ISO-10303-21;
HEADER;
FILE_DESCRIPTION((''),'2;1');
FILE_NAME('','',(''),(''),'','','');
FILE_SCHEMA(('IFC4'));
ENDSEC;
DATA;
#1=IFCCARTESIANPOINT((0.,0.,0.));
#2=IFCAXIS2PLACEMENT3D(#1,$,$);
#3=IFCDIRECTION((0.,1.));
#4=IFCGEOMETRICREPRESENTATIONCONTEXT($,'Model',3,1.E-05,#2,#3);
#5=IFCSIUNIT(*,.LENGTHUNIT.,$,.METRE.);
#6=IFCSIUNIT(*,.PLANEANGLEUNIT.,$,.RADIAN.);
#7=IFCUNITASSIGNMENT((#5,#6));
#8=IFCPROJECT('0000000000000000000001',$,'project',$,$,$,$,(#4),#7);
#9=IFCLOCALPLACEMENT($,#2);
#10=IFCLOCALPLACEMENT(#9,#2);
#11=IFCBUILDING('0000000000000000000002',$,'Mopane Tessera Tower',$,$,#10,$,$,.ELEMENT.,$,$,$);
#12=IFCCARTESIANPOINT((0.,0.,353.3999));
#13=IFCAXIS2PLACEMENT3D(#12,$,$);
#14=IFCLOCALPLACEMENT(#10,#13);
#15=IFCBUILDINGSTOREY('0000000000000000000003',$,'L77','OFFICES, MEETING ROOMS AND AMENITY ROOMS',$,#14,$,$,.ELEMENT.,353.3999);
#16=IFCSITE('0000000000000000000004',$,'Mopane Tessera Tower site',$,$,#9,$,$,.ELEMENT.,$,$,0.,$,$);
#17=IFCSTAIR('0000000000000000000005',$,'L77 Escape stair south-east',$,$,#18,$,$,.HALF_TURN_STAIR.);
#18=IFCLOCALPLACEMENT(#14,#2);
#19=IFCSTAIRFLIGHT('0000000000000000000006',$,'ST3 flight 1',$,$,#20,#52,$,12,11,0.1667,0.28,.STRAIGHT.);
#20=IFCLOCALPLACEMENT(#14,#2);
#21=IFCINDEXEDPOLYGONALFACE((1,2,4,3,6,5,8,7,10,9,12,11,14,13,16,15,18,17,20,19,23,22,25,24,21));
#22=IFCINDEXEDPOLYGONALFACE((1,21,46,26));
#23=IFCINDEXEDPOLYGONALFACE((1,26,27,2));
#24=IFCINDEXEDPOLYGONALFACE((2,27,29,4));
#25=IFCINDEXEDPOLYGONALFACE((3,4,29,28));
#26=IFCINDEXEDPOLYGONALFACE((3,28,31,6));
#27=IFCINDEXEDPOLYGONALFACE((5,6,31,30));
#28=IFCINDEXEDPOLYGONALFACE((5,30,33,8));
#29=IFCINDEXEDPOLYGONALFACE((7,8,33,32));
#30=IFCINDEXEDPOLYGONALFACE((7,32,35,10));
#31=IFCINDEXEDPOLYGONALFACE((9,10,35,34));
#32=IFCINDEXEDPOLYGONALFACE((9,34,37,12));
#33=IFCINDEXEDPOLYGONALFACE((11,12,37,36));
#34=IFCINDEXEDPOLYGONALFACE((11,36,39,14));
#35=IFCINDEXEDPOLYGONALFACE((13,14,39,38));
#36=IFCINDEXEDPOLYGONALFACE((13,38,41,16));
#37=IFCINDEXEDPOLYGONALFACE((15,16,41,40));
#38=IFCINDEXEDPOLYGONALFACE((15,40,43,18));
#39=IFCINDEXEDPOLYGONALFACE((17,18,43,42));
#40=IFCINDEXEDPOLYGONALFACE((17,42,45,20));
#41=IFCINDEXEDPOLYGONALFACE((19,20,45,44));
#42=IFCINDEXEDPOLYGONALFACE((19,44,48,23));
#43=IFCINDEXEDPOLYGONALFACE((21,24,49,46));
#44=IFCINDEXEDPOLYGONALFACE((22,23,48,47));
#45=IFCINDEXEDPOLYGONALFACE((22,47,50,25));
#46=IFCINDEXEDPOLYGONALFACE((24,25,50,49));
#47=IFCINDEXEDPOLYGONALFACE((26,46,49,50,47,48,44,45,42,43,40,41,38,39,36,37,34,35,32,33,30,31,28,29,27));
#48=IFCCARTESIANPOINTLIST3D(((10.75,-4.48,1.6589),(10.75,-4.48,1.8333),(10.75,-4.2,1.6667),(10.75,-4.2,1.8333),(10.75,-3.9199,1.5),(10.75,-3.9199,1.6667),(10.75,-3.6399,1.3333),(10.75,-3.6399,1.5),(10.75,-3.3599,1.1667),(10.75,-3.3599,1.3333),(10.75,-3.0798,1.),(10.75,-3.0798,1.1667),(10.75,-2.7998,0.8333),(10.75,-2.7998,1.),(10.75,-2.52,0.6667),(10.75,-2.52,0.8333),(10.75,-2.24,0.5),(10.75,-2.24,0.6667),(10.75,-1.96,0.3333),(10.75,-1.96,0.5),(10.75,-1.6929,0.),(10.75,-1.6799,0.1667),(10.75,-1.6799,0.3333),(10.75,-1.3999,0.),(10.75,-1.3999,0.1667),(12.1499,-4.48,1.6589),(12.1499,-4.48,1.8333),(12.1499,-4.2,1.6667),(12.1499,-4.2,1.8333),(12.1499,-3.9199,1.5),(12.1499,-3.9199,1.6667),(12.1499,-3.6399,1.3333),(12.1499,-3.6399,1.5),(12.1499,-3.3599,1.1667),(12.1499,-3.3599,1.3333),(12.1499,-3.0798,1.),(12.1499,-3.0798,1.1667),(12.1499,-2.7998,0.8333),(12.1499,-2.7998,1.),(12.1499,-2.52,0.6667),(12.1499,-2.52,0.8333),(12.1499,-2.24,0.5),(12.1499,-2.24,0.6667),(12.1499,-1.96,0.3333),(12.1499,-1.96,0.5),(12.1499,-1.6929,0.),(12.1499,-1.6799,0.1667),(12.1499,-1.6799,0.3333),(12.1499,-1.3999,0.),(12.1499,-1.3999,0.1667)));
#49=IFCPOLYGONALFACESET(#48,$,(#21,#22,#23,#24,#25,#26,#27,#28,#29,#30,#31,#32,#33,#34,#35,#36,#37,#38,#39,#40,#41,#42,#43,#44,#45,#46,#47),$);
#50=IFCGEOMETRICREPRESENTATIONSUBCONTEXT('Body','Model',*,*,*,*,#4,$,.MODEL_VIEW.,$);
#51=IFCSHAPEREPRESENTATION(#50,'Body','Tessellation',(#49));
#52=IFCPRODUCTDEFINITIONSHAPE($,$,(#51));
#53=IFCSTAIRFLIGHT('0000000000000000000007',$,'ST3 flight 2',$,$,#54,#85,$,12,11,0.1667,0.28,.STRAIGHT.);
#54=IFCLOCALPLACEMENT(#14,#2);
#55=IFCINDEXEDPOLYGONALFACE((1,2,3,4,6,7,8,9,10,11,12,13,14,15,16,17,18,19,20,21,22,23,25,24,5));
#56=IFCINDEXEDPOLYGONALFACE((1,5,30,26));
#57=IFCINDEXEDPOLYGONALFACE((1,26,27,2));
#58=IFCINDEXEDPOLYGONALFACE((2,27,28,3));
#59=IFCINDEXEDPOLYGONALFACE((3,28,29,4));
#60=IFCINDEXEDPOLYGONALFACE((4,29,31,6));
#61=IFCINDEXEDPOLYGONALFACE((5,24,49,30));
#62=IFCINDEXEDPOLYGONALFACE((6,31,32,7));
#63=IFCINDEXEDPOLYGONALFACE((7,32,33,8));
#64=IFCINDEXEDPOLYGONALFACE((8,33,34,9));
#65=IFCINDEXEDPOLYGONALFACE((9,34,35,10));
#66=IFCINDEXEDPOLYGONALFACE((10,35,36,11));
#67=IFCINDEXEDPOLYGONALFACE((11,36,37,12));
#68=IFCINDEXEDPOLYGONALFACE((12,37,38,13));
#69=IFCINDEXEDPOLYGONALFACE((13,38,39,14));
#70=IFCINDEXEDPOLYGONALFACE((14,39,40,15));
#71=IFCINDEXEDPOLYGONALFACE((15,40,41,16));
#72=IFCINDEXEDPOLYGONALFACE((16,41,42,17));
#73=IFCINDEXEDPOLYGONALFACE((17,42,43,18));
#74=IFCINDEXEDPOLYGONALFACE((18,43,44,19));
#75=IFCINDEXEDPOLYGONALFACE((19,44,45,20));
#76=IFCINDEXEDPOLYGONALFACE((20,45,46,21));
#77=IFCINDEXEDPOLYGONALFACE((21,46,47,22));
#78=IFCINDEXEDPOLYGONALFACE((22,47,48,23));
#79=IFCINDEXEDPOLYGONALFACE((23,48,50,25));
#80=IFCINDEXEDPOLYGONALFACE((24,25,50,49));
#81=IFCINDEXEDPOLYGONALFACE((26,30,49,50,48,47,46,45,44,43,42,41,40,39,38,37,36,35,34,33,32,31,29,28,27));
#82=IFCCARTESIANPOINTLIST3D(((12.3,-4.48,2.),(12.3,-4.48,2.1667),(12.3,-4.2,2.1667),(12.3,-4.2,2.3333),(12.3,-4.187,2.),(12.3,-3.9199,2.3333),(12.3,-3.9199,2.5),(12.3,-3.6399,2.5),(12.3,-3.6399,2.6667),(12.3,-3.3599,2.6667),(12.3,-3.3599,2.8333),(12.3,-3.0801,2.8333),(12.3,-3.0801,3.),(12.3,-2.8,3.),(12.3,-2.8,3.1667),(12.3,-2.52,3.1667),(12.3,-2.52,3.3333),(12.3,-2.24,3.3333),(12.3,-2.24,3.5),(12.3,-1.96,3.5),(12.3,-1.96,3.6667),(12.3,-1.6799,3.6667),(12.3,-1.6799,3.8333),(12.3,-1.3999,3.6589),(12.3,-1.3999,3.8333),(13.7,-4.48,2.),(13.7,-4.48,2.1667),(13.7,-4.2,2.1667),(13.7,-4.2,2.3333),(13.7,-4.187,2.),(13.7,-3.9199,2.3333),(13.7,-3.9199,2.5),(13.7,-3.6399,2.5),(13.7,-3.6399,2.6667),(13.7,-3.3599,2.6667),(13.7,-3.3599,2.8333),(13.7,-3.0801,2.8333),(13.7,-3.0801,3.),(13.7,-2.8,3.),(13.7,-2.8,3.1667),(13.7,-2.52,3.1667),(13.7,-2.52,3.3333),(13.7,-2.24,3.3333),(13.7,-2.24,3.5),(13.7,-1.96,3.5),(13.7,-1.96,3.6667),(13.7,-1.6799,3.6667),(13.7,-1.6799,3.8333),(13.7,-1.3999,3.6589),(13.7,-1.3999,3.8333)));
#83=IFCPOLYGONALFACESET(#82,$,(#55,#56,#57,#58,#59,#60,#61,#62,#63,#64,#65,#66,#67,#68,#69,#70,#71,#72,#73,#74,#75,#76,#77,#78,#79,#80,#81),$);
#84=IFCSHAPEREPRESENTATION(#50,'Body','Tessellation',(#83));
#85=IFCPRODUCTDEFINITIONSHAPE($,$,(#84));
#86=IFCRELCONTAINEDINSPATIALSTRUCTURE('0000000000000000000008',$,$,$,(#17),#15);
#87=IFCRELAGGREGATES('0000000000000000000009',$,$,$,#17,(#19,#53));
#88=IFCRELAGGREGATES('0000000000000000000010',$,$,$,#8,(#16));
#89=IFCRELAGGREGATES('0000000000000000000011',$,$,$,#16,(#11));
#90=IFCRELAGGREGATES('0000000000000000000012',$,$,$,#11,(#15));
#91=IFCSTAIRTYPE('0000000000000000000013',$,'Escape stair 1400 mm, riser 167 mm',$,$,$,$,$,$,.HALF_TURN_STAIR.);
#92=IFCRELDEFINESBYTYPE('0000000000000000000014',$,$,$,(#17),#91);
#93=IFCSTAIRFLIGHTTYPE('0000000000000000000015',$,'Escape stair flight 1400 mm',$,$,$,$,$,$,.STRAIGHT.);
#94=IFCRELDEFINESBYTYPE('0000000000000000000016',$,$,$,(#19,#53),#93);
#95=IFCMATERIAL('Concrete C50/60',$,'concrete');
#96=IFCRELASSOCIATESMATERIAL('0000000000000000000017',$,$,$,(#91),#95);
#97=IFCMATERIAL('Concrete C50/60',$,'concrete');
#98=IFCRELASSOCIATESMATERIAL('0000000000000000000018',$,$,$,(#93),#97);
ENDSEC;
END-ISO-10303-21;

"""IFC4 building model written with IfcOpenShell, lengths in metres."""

from ifc_helpers import new_model, si_unit, direction, frame, origin, place, context, subcontext, project, spatial, polyline, outline, extrude, material, type_object, element, aggregate, save


model = new_model("IFC4")

# Units and contexts
model_context = context("Model", 3, precision=1e-05, world=origin(), true_north=direction((0.0, 1.0)))
body_context = subcontext(model_context, "Body", "Model", "MODEL_VIEW")
ifc_project = project(units=[si_unit("LENGTHUNIT", "METRE"), si_unit("PLANEANGLEUNIT", "RADIAN")], contexts=[model_context])

# Site, building, storey
site_placement = place(None, origin())
site = spatial("IfcSite", under=ifc_project, at=site_placement, Name="Mopane Tessera Tower site", CompositionType="ELEMENT", RefElevation=0.0)
building_placement = place(site_placement, origin())
building = spatial("IfcBuilding", under=site, at=building_placement, Name="Mopane Tessera Tower", CompositionType="ELEMENT")
storey_placement = place(building_placement, frame((0.0, 0.0, 353.3999)))
storey = spatial("IfcBuildingStorey", under=building, at=storey_placement, Name="L77", Description="OFFICES, MEETING ROOMS AND AMENITY ROOMS", CompositionType="ELEMENT", Elevation=353.3999)

# Stair, stair flights
ifc_material_1 = material(Name="Concrete C50/60", Category="concrete")
stair_type = type_object("IfcStairType", Name="Escape stair 1400 mm, riser 167 mm", PredefinedType="HALF_TURN_STAIR", material=ifc_material_1)
stair_placement = place(storey_placement, origin())
stair = element("IfcStair", 1, at=stair_placement, inside=storey, type_object=stair_type, Name="L77 Escape stair south-east", PredefinedType="HALF_TURN_STAIR")
ifc_material_2 = material(Name="Concrete C50/60", Category="concrete")
stair_flight_type = type_object("IfcStairFlightType", Name="Escape stair flight 1400 mm", PredefinedType="STRAIGHT", material=ifc_material_2)
stair_flight_1_placement = place(storey_placement, frame((11.45, -1.3999, 0.0), z_axis=(0.0, 0.0, 1.0), x_axis=(0.0, -1.0, 0.0)))
stair_flight_1 = element("IfcStairFlight", 2, at=stair_flight_1_placement, type_object=stair_flight_type, Name="ST3 flight 1", NumberOfRisers=12, NumberOfTreads=11, PredefinedType="STRAIGHT", RiserHeight=0.1667, TreadLength=0.28, context=body_context, shape_type="SweptSolid", body=[
    extrude(outline(polyline([(0.0, 0.0), (0.0, 0.1667), (0.28, 0.1667), (0.28, 0.3333), (0.5601, 0.3333), (0.5601, 0.5), (0.8401, 0.5), (0.8401, 0.6667), (1.1201, 0.6667), (1.1201, 0.8333), (1.3999, 0.8333), (1.3999, 1.0), (1.6799, 1.0), (1.6799, 1.1667), (1.96, 1.1667), (1.96, 1.3333), (2.24, 1.3333), (2.24, 1.5), (2.52, 1.5), (2.52, 1.6667), (2.8, 1.6667), (2.8, 1.8333), (3.0801, 1.8333), (3.0801, 2.0), (3.0801, 1.6589), (0.293, 0.0), (0.0, 0.0)])), frame((0.0, 0.7, 0.0), z_axis=(0.0, -1.0, 0.0), x_axis=(1.0, 0.0, 0.0)), (0.0, 0.0, 1.0), 1.3999),
])
stair_flight_2_placement = place(storey_placement, frame((13.0, -4.48, 2.0), z_axis=(0.0, 0.0, 1.0), x_axis=(0.0, 1.0, 0.0)))
stair_flight_2 = element("IfcStairFlight", 3, at=stair_flight_2_placement, type_object=stair_flight_type, Name="ST3 flight 2", NumberOfRisers=12, NumberOfTreads=11, PredefinedType="STRAIGHT", RiserHeight=0.1667, TreadLength=0.28, context=body_context, shape_type="SweptSolid", body=[
    extrude(outline(polyline([(0.0, 0.0), (0.0, 0.1667), (0.28, 0.1667), (0.28, 0.3333), (0.5601, 0.3333), (0.5601, 0.5), (0.8401, 0.5), (0.8401, 0.6667), (1.1201, 0.6667), (1.1201, 0.8333), (1.3999, 0.8333), (1.3999, 1.0), (1.6799, 1.0), (1.6799, 1.1667), (1.96, 1.1667), (1.96, 1.3333), (2.24, 1.3333), (2.24, 1.5), (2.52, 1.5), (2.52, 1.6667), (2.8, 1.6667), (2.8, 1.8333), (3.0801, 1.8333), (3.0801, 2.0), (3.0801, 1.6589), (0.293, 0.0), (0.0, 0.0)])), frame((0.0, 0.7, 0.0), z_axis=(0.0, -1.0, 0.0), x_axis=(1.0, 0.0, 0.0)), (0.0, 0.0, 1.0), 1.3999),
])
aggregate(stair, [stair_flight_1, stair_flight_2])

save(model, "model.ifc")
